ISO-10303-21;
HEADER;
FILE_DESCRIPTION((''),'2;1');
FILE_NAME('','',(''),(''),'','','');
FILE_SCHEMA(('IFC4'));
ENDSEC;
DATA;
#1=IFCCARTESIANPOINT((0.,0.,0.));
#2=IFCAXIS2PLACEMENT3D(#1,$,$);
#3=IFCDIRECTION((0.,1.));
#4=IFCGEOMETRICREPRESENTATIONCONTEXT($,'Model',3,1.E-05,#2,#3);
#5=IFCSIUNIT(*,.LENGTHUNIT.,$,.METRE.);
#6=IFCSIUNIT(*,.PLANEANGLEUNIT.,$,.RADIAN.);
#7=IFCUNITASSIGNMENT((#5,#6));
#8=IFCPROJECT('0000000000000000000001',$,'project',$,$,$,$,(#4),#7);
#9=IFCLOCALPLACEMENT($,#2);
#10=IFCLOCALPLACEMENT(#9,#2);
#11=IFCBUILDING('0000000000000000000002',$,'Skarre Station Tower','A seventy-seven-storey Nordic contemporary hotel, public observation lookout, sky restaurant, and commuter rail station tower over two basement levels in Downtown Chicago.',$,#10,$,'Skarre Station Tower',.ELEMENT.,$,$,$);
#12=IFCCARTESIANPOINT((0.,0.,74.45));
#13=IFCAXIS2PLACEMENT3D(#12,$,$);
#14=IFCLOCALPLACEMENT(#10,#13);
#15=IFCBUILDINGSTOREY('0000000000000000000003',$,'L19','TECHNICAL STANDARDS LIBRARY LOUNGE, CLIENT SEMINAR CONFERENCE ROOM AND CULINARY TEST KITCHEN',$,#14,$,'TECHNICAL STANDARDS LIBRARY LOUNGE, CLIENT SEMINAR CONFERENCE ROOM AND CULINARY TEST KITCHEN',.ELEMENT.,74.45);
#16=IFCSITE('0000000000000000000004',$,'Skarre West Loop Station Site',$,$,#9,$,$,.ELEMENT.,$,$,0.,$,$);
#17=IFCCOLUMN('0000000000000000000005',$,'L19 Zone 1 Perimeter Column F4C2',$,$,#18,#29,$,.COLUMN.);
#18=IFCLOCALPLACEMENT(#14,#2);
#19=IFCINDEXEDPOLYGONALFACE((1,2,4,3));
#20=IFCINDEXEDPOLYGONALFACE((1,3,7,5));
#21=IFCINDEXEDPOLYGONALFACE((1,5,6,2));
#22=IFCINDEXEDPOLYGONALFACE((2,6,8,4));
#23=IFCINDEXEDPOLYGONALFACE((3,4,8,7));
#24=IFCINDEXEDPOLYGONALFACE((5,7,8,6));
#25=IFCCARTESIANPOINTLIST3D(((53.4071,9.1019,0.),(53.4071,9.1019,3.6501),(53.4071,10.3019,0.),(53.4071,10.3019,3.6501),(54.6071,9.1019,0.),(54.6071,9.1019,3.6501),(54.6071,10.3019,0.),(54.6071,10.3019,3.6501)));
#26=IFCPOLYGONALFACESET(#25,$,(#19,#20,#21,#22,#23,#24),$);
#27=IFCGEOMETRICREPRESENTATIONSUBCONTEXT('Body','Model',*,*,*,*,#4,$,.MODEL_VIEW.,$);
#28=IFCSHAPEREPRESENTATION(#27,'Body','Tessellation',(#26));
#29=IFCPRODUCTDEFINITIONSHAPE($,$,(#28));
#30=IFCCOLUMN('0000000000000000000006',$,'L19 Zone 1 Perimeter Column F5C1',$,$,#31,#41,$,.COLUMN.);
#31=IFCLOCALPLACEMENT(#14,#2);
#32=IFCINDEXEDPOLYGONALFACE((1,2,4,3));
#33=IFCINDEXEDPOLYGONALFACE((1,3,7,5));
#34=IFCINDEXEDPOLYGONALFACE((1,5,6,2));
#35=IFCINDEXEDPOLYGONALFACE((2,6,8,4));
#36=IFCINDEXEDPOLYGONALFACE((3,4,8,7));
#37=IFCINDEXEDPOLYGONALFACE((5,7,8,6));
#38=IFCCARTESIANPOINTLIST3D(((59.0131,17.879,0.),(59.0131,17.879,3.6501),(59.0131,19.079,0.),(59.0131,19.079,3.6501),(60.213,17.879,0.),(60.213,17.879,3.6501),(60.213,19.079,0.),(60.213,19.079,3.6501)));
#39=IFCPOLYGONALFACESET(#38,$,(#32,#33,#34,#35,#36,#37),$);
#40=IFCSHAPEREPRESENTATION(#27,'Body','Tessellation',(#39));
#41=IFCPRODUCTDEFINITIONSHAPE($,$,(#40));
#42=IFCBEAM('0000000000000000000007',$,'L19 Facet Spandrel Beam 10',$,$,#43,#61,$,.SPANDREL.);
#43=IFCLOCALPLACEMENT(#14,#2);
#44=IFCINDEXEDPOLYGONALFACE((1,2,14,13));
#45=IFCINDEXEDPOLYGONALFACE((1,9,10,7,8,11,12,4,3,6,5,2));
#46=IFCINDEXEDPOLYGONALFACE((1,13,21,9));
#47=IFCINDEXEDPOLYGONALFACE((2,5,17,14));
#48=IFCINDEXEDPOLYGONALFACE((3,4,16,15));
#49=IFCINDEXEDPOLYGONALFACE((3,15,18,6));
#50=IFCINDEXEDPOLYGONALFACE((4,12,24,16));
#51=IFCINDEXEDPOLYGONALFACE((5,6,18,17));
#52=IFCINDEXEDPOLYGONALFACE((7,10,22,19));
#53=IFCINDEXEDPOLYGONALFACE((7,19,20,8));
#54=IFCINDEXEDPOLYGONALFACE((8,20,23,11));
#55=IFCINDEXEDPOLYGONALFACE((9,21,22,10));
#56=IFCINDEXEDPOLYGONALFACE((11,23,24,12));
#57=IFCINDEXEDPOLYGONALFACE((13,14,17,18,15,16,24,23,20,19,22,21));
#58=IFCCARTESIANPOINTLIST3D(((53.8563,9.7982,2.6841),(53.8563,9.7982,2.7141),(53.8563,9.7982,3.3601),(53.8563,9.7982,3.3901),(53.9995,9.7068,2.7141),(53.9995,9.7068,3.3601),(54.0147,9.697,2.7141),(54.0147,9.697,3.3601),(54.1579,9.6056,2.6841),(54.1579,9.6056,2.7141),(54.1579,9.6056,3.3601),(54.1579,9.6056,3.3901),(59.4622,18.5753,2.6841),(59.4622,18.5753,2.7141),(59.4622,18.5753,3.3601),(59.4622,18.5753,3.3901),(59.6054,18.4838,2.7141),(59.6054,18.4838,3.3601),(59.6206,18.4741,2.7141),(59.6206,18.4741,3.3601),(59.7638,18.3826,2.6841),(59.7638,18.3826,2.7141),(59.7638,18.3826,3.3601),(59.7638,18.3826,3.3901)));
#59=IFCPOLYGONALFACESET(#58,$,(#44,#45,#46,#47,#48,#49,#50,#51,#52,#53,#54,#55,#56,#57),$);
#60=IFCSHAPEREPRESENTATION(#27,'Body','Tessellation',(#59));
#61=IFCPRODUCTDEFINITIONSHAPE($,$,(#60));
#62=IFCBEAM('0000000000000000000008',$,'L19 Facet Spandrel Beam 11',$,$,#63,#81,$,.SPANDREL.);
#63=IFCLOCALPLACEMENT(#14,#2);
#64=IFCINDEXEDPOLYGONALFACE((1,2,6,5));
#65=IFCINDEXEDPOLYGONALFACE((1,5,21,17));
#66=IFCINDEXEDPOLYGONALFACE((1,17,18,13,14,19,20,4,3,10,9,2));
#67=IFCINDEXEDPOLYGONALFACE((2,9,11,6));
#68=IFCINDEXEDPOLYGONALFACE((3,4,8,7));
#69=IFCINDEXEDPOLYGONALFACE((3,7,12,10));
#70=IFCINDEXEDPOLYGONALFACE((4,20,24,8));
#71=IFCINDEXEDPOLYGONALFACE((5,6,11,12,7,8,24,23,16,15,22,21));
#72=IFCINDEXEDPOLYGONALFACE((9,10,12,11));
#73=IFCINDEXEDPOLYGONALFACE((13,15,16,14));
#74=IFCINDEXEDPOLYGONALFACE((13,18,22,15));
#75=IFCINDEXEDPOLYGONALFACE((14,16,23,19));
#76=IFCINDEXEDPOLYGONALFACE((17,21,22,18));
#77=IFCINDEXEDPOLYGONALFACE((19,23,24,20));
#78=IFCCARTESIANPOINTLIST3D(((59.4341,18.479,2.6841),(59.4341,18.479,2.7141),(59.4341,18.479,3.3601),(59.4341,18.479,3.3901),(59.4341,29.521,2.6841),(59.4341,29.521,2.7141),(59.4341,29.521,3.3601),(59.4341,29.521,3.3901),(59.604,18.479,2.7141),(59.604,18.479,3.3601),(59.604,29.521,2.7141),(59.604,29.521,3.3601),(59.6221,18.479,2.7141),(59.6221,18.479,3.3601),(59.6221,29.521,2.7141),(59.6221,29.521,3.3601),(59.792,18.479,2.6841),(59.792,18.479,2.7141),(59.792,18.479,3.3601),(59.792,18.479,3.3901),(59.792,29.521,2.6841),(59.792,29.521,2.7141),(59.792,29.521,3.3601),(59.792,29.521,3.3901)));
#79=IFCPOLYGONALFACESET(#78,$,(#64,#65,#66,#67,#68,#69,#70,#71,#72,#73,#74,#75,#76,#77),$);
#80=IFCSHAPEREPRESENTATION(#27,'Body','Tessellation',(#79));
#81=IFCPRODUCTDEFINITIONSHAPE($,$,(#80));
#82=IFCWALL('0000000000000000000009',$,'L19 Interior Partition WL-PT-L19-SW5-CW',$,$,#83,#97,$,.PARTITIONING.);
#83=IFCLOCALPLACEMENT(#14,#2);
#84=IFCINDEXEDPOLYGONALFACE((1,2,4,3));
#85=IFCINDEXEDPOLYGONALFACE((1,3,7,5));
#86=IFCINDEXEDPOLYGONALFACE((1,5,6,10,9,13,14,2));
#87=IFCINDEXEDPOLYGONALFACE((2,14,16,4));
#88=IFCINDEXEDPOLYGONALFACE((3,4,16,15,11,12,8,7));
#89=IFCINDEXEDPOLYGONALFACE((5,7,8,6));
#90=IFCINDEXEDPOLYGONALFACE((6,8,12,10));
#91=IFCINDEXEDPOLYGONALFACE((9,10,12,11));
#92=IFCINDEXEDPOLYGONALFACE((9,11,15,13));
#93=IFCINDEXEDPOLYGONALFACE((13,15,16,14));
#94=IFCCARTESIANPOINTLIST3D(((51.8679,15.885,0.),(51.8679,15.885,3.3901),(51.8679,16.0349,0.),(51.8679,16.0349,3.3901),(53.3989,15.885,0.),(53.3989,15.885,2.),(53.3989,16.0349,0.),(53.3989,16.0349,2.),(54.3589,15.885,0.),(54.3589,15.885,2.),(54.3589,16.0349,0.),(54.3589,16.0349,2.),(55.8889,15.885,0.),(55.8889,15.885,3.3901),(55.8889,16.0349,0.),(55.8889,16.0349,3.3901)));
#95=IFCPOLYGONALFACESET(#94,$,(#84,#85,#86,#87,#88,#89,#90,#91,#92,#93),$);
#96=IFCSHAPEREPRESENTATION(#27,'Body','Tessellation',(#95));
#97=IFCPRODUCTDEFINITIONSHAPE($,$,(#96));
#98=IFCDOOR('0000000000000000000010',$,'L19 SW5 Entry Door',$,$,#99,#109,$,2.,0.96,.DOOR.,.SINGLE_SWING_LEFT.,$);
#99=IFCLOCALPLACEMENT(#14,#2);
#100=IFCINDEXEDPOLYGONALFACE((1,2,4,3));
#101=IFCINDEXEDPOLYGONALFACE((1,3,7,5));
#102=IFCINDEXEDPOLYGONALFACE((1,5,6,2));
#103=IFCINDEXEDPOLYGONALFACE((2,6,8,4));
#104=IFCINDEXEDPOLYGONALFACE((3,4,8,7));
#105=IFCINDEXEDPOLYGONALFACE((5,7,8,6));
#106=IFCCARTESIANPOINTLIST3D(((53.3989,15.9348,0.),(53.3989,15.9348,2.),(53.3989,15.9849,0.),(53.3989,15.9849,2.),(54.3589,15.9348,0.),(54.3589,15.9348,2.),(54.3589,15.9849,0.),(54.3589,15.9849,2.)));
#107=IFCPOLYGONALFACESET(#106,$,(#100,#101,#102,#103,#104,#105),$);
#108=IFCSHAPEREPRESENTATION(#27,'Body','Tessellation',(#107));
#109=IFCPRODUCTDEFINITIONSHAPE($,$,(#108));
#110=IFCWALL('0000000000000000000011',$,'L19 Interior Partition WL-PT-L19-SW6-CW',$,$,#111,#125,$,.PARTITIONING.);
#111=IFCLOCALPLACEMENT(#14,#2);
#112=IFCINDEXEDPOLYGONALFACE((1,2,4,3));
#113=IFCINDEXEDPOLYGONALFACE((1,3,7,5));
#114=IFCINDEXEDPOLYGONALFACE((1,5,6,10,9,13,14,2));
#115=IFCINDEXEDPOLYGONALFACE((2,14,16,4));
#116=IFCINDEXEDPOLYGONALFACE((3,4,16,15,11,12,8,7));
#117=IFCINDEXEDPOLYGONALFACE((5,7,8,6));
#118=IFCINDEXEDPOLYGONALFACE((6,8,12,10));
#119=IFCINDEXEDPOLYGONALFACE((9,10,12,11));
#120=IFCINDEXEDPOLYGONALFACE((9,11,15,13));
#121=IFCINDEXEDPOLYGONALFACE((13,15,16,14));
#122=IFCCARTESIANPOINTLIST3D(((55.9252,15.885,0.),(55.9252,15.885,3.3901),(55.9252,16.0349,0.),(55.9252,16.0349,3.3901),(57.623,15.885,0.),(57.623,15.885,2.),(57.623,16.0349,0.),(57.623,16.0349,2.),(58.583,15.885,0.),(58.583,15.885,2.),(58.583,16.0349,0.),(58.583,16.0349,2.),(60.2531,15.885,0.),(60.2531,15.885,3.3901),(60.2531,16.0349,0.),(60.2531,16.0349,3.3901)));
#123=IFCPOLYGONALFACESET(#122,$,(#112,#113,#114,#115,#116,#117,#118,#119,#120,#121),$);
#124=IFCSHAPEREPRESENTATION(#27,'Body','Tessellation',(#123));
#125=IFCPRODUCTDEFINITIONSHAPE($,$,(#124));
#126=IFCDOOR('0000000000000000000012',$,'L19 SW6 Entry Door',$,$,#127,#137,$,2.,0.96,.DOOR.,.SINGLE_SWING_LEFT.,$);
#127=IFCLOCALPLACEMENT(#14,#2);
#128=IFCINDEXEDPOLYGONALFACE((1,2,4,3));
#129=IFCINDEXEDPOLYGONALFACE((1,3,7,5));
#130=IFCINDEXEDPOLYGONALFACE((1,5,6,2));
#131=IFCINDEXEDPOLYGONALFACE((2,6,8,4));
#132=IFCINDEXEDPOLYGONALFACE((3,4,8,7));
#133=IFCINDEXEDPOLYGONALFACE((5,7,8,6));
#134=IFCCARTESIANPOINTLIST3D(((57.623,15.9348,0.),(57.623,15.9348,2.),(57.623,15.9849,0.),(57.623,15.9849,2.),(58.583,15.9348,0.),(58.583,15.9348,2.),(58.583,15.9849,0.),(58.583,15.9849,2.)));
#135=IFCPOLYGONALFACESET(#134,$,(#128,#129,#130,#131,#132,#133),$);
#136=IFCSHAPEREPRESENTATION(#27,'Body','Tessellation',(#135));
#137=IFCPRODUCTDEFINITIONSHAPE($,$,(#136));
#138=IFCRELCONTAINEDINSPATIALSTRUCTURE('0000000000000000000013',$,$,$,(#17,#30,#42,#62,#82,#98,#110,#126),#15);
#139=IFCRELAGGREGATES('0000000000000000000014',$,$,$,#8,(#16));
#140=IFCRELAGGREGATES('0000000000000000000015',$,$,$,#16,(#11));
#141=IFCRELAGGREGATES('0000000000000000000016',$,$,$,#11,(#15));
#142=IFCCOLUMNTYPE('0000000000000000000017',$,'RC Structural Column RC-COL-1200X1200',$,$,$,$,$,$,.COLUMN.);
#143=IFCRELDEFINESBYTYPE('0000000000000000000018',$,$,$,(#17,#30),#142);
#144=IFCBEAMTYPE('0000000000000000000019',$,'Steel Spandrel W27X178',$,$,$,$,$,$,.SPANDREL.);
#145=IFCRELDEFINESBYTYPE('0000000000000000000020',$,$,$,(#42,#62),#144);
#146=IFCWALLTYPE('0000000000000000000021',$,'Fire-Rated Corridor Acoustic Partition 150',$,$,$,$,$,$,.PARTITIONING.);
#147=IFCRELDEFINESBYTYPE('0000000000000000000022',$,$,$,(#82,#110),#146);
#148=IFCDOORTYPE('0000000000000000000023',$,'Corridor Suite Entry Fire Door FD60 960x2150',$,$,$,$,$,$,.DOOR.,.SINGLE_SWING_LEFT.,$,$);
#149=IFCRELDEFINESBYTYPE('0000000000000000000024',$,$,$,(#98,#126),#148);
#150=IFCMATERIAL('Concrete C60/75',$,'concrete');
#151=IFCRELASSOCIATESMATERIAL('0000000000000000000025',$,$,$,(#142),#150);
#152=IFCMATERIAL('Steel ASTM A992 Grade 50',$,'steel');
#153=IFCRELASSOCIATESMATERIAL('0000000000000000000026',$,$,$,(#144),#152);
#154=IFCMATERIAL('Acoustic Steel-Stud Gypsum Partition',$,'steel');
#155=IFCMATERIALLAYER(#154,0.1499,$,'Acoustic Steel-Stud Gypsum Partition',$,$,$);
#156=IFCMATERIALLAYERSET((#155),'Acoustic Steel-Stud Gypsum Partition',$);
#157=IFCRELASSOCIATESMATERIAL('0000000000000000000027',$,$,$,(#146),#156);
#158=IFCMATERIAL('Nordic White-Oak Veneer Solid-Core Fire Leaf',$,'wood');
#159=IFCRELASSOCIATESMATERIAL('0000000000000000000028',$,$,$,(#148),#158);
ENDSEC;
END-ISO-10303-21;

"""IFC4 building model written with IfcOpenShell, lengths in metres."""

from ifc_helpers import new_model, si_unit, direction, frame, frame_2d, origin, origin_2d, place, context, subcontext, project, spatial, rectangle, i_section, extrude, material, layer, layer_set, material_profile, profile_set, type_object, element, fill, save


model = new_model("IFC4")

# Units and contexts
model_context = context("Model", 3, precision=1e-05, world=origin(), true_north=direction((0.0, 1.0)))
body_context = subcontext(model_context, "Body", "Model", "MODEL_VIEW")
ifc_project = project(units=[si_unit("LENGTHUNIT", "METRE"), si_unit("PLANEANGLEUNIT", "RADIAN")], contexts=[model_context])

# Site, building, storey
site_placement = place(None, origin())
site = spatial("IfcSite", under=ifc_project, at=site_placement, Name="Skarre West Loop Station Site", CompositionType="ELEMENT", RefElevation=0.0)
building_placement = place(site_placement, origin())
building = spatial("IfcBuilding", under=site, at=building_placement, Name="Skarre Station Tower", Description="A seventy-seven-storey Nordic contemporary hotel, public observation lookout, sky restaurant, and commuter rail station tower over two basement levels in Downtown Chicago.", LongName="Skarre Station Tower", CompositionType="ELEMENT")
storey_placement = place(building_placement, frame((0.0, 0.0, 74.45)))
storey = spatial("IfcBuildingStorey", under=building, at=storey_placement, Name="L19", Description="TECHNICAL STANDARDS LIBRARY LOUNGE, CLIENT SEMINAR CONFERENCE ROOM AND CULINARY TEST KITCHEN", LongName="TECHNICAL STANDARDS LIBRARY LOUNGE, CLIENT SEMINAR CONFERENCE ROOM AND CULINARY TEST KITCHEN", CompositionType="ELEMENT", Elevation=74.45)

# Columns
ifc_material_1 = material(Name="Concrete C60/75", Category="concrete")
ifc_material_profile_1 = material_profile(ifc_material_1, rectangle(XDim=1.2, YDim=1.2, at=origin_2d()), Name="Concrete C60/75")
ifc_profile_set_1 = profile_set([ifc_material_profile_1], Name="Concrete C60/75")
column_type = type_object("IfcColumnType", Name="RC Structural Column RC-COL-1200X1200", PredefinedType="COLUMN", material=ifc_profile_set_1)
for number, where, z_axis, x_axis, name in (
    (1, (54.0071, 9.7019, 0.0), (0.0, 0.0, 1.0), (1.0, 0.0, 0.0), "L19 Zone 1 Perimeter Column F4C2"),
    (2, (59.613, 18.479, 0.0), (0.0, 0.0, 1.0), (1.0, 0.0, 0.0), "L19 Zone 1 Perimeter Column F5C1"),
):
    element("IfcColumn", number, at=place(storey_placement, frame(where, z_axis=z_axis, x_axis=x_axis)), inside=storey, type_object=column_type, Name=name, PredefinedType="COLUMN", context=body_context, shape_type="SweptSolid", body=[
        extrude(rectangle(XDim=1.2, YDim=1.2, at=origin_2d()), origin(), (0.0, 0.0, 1.0), 3.6501),
    ])

# Beams
ifc_material_2 = material(Name="Steel ASTM A992 Grade 50", Category="steel")
ifc_material_profile_2 = material_profile(ifc_material_2, i_section(OverallWidth=0.3579, OverallDepth=0.7061, WebThickness=0.0181, FlangeThickness=0.03, at=origin_2d()), Name="Steel ASTM A992 Grade 50")
ifc_profile_set_2 = profile_set([ifc_material_profile_2], Name="Steel ASTM A992 Grade 50")
beam_type = type_object("IfcBeamType", Name="Steel Spandrel W27X178", PredefinedType="SPANDREL", material=ifc_profile_set_2)
beam_1_placement = place(storey_placement, frame((54.0071, 9.7019, 3.0371), z_axis=(0.538278, 0.842767, 0.0), x_axis=(-0.842767, 0.538278, 0.0)))
element("IfcBeam", 3, at=beam_1_placement, inside=storey, type_object=beam_type, Name="L19 Facet Spandrel Beam 10", PredefinedType="SPANDREL", context=body_context, shape_type="SweptSolid", body=[
    extrude(i_section(OverallWidth=0.3579, OverallDepth=0.7061, WebThickness=0.0181, FlangeThickness=0.03, at=origin_2d()), origin(), (0.0, 0.0, 1.0), 10.4146),
])
beam_2_placement = place(storey_placement, frame((59.613, 18.479, 3.0371), z_axis=(0.0, 1.0, 0.0), x_axis=(-1.0, 0.0, 0.0)))
element("IfcBeam", 4, at=beam_2_placement, inside=storey, type_object=beam_type, Name="L19 Facet Spandrel Beam 11", PredefinedType="SPANDREL", context=body_context, shape_type="SweptSolid", body=[
    extrude(i_section(OverallWidth=0.3579, OverallDepth=0.7061, WebThickness=0.0181, FlangeThickness=0.03, at=origin_2d()), origin(), (0.0, 0.0, 1.0), 11.042),
])

# Walls, openings, doors
ifc_material_3 = material(Name="Acoustic Steel-Stud Gypsum Partition", Category="steel")
ifc_layer_1 = layer(ifc_material_3, 0.1499, Name="Acoustic Steel-Stud Gypsum Partition")
ifc_layer_set_1 = layer_set([ifc_layer_1], Name="Acoustic Steel-Stud Gypsum Partition")
wall_type_1 = type_object("IfcWallType", Name="Fire-Rated Corridor Acoustic Partition 150", PredefinedType="PARTITIONING", material=ifc_layer_set_1)
wall_1_placement = place(storey_placement, frame((51.8679, 15.96, 0.0), z_axis=(0.0, 0.0, 1.0), x_axis=(1.0, 0.0, 0.0)))
wall_1 = element("IfcWall", 5, at=wall_1_placement, inside=storey, type_object=wall_type_1, Name="L19 Interior Partition WL-PT-L19-SW5-CW", PredefinedType="PARTITIONING", context=body_context, shape_type="SweptSolid", body=[
    extrude(rectangle(XDim=4.021, YDim=0.1499, at=frame_2d((2.0105, 0.0))), origin(), (0.0, 0.0, 1.0), 3.3901),
])
opening_1_placement = place(wall_1_placement, frame((1.531, 0.0, 0.0)))
opening_1 = element("IfcOpeningElement", 6, at=opening_1_placement, cuts=wall_1, PredefinedType="OPENING", context=body_context, shape_type="SweptSolid", body=[
    extrude(rectangle(XDim=0.96, YDim=2.0, at=frame_2d((0.48, 1.0))), frame((0.0, 0.085, 0.0), z_axis=(0.0, -1.0, 0.0), x_axis=(1.0, 0.0, 0.0)), (0.0, 0.0, 1.0), 0.1699),
])
ifc_material_4 = material(Name="Nordic White-Oak Veneer Solid-Core Fire Leaf", Category="wood")
door_type = type_object("IfcDoorType", Name="Corridor Suite Entry Fire Door FD60 960x2150", OperationType="SINGLE_SWING_LEFT", PredefinedType="DOOR", material=ifc_material_4)
door_1_placement = place(opening_1_placement, origin())
door_1 = element("IfcDoor", 7, at=door_1_placement, inside=storey, type_object=door_type, Name="L19 SW5 Entry Door", OperationType="SINGLE_SWING_LEFT", OverallHeight=2.0, OverallWidth=0.96, PredefinedType="DOOR", context=body_context, shape_type="SweptSolid", body=[
    extrude(rectangle(XDim=0.96, YDim=2.0, at=frame_2d((0.48, 1.0))), frame((0.0, 0.0249, 0.0), z_axis=(0.0, -1.0, 0.0), x_axis=(1.0, 0.0, 0.0)), (0.0, 0.0, 1.0), 0.05),
])
fill(opening_1, door_1)
wall_2_placement = place(storey_placement, frame((55.925, 15.96, 0.0), z_axis=(0.0, 0.0, 1.0), x_axis=(1.0, 0.0, 0.0)))
wall_2 = element("IfcWall", 8, at=wall_2_placement, inside=storey, type_object=wall_type_1, Name="L19 Interior Partition WL-PT-L19-SW6-CW", PredefinedType="PARTITIONING", context=body_context, shape_type="SweptSolid", body=[
    extrude(rectangle(XDim=4.3279, YDim=0.1499, at=frame_2d((2.1641, 0.0))), origin(), (0.0, 0.0, 1.0), 3.3901),
])
opening_2_placement = place(wall_2_placement, frame((1.698, 0.0, 0.0)))
opening_2 = element("IfcOpeningElement", 9, at=opening_2_placement, cuts=wall_2, PredefinedType="OPENING", context=body_context, shape_type="SweptSolid", body=[
    extrude(rectangle(XDim=0.96, YDim=2.0, at=frame_2d((0.48, 1.0))), frame((0.0, 0.085, 0.0), z_axis=(0.0, -1.0, 0.0), x_axis=(1.0, 0.0, 0.0)), (0.0, 0.0, 1.0), 0.1699),
])
door_2_placement = place(opening_2_placement, origin())
door_2 = element("IfcDoor", 10, at=door_2_placement, inside=storey, type_object=door_type, Name="L19 SW6 Entry Door", OperationType="SINGLE_SWING_LEFT", OverallHeight=2.0, OverallWidth=0.96, PredefinedType="DOOR", context=body_context, shape_type="SweptSolid", body=[
    extrude(rectangle(XDim=0.96, YDim=2.0, at=frame_2d((0.48, 1.0))), frame((0.0, 0.0249, 0.0), z_axis=(0.0, -1.0, 0.0), x_axis=(1.0, 0.0, 0.0)), (0.0, 0.0, 1.0), 0.05),
])
fill(opening_2, door_2)

save(model, "model.ifc")
